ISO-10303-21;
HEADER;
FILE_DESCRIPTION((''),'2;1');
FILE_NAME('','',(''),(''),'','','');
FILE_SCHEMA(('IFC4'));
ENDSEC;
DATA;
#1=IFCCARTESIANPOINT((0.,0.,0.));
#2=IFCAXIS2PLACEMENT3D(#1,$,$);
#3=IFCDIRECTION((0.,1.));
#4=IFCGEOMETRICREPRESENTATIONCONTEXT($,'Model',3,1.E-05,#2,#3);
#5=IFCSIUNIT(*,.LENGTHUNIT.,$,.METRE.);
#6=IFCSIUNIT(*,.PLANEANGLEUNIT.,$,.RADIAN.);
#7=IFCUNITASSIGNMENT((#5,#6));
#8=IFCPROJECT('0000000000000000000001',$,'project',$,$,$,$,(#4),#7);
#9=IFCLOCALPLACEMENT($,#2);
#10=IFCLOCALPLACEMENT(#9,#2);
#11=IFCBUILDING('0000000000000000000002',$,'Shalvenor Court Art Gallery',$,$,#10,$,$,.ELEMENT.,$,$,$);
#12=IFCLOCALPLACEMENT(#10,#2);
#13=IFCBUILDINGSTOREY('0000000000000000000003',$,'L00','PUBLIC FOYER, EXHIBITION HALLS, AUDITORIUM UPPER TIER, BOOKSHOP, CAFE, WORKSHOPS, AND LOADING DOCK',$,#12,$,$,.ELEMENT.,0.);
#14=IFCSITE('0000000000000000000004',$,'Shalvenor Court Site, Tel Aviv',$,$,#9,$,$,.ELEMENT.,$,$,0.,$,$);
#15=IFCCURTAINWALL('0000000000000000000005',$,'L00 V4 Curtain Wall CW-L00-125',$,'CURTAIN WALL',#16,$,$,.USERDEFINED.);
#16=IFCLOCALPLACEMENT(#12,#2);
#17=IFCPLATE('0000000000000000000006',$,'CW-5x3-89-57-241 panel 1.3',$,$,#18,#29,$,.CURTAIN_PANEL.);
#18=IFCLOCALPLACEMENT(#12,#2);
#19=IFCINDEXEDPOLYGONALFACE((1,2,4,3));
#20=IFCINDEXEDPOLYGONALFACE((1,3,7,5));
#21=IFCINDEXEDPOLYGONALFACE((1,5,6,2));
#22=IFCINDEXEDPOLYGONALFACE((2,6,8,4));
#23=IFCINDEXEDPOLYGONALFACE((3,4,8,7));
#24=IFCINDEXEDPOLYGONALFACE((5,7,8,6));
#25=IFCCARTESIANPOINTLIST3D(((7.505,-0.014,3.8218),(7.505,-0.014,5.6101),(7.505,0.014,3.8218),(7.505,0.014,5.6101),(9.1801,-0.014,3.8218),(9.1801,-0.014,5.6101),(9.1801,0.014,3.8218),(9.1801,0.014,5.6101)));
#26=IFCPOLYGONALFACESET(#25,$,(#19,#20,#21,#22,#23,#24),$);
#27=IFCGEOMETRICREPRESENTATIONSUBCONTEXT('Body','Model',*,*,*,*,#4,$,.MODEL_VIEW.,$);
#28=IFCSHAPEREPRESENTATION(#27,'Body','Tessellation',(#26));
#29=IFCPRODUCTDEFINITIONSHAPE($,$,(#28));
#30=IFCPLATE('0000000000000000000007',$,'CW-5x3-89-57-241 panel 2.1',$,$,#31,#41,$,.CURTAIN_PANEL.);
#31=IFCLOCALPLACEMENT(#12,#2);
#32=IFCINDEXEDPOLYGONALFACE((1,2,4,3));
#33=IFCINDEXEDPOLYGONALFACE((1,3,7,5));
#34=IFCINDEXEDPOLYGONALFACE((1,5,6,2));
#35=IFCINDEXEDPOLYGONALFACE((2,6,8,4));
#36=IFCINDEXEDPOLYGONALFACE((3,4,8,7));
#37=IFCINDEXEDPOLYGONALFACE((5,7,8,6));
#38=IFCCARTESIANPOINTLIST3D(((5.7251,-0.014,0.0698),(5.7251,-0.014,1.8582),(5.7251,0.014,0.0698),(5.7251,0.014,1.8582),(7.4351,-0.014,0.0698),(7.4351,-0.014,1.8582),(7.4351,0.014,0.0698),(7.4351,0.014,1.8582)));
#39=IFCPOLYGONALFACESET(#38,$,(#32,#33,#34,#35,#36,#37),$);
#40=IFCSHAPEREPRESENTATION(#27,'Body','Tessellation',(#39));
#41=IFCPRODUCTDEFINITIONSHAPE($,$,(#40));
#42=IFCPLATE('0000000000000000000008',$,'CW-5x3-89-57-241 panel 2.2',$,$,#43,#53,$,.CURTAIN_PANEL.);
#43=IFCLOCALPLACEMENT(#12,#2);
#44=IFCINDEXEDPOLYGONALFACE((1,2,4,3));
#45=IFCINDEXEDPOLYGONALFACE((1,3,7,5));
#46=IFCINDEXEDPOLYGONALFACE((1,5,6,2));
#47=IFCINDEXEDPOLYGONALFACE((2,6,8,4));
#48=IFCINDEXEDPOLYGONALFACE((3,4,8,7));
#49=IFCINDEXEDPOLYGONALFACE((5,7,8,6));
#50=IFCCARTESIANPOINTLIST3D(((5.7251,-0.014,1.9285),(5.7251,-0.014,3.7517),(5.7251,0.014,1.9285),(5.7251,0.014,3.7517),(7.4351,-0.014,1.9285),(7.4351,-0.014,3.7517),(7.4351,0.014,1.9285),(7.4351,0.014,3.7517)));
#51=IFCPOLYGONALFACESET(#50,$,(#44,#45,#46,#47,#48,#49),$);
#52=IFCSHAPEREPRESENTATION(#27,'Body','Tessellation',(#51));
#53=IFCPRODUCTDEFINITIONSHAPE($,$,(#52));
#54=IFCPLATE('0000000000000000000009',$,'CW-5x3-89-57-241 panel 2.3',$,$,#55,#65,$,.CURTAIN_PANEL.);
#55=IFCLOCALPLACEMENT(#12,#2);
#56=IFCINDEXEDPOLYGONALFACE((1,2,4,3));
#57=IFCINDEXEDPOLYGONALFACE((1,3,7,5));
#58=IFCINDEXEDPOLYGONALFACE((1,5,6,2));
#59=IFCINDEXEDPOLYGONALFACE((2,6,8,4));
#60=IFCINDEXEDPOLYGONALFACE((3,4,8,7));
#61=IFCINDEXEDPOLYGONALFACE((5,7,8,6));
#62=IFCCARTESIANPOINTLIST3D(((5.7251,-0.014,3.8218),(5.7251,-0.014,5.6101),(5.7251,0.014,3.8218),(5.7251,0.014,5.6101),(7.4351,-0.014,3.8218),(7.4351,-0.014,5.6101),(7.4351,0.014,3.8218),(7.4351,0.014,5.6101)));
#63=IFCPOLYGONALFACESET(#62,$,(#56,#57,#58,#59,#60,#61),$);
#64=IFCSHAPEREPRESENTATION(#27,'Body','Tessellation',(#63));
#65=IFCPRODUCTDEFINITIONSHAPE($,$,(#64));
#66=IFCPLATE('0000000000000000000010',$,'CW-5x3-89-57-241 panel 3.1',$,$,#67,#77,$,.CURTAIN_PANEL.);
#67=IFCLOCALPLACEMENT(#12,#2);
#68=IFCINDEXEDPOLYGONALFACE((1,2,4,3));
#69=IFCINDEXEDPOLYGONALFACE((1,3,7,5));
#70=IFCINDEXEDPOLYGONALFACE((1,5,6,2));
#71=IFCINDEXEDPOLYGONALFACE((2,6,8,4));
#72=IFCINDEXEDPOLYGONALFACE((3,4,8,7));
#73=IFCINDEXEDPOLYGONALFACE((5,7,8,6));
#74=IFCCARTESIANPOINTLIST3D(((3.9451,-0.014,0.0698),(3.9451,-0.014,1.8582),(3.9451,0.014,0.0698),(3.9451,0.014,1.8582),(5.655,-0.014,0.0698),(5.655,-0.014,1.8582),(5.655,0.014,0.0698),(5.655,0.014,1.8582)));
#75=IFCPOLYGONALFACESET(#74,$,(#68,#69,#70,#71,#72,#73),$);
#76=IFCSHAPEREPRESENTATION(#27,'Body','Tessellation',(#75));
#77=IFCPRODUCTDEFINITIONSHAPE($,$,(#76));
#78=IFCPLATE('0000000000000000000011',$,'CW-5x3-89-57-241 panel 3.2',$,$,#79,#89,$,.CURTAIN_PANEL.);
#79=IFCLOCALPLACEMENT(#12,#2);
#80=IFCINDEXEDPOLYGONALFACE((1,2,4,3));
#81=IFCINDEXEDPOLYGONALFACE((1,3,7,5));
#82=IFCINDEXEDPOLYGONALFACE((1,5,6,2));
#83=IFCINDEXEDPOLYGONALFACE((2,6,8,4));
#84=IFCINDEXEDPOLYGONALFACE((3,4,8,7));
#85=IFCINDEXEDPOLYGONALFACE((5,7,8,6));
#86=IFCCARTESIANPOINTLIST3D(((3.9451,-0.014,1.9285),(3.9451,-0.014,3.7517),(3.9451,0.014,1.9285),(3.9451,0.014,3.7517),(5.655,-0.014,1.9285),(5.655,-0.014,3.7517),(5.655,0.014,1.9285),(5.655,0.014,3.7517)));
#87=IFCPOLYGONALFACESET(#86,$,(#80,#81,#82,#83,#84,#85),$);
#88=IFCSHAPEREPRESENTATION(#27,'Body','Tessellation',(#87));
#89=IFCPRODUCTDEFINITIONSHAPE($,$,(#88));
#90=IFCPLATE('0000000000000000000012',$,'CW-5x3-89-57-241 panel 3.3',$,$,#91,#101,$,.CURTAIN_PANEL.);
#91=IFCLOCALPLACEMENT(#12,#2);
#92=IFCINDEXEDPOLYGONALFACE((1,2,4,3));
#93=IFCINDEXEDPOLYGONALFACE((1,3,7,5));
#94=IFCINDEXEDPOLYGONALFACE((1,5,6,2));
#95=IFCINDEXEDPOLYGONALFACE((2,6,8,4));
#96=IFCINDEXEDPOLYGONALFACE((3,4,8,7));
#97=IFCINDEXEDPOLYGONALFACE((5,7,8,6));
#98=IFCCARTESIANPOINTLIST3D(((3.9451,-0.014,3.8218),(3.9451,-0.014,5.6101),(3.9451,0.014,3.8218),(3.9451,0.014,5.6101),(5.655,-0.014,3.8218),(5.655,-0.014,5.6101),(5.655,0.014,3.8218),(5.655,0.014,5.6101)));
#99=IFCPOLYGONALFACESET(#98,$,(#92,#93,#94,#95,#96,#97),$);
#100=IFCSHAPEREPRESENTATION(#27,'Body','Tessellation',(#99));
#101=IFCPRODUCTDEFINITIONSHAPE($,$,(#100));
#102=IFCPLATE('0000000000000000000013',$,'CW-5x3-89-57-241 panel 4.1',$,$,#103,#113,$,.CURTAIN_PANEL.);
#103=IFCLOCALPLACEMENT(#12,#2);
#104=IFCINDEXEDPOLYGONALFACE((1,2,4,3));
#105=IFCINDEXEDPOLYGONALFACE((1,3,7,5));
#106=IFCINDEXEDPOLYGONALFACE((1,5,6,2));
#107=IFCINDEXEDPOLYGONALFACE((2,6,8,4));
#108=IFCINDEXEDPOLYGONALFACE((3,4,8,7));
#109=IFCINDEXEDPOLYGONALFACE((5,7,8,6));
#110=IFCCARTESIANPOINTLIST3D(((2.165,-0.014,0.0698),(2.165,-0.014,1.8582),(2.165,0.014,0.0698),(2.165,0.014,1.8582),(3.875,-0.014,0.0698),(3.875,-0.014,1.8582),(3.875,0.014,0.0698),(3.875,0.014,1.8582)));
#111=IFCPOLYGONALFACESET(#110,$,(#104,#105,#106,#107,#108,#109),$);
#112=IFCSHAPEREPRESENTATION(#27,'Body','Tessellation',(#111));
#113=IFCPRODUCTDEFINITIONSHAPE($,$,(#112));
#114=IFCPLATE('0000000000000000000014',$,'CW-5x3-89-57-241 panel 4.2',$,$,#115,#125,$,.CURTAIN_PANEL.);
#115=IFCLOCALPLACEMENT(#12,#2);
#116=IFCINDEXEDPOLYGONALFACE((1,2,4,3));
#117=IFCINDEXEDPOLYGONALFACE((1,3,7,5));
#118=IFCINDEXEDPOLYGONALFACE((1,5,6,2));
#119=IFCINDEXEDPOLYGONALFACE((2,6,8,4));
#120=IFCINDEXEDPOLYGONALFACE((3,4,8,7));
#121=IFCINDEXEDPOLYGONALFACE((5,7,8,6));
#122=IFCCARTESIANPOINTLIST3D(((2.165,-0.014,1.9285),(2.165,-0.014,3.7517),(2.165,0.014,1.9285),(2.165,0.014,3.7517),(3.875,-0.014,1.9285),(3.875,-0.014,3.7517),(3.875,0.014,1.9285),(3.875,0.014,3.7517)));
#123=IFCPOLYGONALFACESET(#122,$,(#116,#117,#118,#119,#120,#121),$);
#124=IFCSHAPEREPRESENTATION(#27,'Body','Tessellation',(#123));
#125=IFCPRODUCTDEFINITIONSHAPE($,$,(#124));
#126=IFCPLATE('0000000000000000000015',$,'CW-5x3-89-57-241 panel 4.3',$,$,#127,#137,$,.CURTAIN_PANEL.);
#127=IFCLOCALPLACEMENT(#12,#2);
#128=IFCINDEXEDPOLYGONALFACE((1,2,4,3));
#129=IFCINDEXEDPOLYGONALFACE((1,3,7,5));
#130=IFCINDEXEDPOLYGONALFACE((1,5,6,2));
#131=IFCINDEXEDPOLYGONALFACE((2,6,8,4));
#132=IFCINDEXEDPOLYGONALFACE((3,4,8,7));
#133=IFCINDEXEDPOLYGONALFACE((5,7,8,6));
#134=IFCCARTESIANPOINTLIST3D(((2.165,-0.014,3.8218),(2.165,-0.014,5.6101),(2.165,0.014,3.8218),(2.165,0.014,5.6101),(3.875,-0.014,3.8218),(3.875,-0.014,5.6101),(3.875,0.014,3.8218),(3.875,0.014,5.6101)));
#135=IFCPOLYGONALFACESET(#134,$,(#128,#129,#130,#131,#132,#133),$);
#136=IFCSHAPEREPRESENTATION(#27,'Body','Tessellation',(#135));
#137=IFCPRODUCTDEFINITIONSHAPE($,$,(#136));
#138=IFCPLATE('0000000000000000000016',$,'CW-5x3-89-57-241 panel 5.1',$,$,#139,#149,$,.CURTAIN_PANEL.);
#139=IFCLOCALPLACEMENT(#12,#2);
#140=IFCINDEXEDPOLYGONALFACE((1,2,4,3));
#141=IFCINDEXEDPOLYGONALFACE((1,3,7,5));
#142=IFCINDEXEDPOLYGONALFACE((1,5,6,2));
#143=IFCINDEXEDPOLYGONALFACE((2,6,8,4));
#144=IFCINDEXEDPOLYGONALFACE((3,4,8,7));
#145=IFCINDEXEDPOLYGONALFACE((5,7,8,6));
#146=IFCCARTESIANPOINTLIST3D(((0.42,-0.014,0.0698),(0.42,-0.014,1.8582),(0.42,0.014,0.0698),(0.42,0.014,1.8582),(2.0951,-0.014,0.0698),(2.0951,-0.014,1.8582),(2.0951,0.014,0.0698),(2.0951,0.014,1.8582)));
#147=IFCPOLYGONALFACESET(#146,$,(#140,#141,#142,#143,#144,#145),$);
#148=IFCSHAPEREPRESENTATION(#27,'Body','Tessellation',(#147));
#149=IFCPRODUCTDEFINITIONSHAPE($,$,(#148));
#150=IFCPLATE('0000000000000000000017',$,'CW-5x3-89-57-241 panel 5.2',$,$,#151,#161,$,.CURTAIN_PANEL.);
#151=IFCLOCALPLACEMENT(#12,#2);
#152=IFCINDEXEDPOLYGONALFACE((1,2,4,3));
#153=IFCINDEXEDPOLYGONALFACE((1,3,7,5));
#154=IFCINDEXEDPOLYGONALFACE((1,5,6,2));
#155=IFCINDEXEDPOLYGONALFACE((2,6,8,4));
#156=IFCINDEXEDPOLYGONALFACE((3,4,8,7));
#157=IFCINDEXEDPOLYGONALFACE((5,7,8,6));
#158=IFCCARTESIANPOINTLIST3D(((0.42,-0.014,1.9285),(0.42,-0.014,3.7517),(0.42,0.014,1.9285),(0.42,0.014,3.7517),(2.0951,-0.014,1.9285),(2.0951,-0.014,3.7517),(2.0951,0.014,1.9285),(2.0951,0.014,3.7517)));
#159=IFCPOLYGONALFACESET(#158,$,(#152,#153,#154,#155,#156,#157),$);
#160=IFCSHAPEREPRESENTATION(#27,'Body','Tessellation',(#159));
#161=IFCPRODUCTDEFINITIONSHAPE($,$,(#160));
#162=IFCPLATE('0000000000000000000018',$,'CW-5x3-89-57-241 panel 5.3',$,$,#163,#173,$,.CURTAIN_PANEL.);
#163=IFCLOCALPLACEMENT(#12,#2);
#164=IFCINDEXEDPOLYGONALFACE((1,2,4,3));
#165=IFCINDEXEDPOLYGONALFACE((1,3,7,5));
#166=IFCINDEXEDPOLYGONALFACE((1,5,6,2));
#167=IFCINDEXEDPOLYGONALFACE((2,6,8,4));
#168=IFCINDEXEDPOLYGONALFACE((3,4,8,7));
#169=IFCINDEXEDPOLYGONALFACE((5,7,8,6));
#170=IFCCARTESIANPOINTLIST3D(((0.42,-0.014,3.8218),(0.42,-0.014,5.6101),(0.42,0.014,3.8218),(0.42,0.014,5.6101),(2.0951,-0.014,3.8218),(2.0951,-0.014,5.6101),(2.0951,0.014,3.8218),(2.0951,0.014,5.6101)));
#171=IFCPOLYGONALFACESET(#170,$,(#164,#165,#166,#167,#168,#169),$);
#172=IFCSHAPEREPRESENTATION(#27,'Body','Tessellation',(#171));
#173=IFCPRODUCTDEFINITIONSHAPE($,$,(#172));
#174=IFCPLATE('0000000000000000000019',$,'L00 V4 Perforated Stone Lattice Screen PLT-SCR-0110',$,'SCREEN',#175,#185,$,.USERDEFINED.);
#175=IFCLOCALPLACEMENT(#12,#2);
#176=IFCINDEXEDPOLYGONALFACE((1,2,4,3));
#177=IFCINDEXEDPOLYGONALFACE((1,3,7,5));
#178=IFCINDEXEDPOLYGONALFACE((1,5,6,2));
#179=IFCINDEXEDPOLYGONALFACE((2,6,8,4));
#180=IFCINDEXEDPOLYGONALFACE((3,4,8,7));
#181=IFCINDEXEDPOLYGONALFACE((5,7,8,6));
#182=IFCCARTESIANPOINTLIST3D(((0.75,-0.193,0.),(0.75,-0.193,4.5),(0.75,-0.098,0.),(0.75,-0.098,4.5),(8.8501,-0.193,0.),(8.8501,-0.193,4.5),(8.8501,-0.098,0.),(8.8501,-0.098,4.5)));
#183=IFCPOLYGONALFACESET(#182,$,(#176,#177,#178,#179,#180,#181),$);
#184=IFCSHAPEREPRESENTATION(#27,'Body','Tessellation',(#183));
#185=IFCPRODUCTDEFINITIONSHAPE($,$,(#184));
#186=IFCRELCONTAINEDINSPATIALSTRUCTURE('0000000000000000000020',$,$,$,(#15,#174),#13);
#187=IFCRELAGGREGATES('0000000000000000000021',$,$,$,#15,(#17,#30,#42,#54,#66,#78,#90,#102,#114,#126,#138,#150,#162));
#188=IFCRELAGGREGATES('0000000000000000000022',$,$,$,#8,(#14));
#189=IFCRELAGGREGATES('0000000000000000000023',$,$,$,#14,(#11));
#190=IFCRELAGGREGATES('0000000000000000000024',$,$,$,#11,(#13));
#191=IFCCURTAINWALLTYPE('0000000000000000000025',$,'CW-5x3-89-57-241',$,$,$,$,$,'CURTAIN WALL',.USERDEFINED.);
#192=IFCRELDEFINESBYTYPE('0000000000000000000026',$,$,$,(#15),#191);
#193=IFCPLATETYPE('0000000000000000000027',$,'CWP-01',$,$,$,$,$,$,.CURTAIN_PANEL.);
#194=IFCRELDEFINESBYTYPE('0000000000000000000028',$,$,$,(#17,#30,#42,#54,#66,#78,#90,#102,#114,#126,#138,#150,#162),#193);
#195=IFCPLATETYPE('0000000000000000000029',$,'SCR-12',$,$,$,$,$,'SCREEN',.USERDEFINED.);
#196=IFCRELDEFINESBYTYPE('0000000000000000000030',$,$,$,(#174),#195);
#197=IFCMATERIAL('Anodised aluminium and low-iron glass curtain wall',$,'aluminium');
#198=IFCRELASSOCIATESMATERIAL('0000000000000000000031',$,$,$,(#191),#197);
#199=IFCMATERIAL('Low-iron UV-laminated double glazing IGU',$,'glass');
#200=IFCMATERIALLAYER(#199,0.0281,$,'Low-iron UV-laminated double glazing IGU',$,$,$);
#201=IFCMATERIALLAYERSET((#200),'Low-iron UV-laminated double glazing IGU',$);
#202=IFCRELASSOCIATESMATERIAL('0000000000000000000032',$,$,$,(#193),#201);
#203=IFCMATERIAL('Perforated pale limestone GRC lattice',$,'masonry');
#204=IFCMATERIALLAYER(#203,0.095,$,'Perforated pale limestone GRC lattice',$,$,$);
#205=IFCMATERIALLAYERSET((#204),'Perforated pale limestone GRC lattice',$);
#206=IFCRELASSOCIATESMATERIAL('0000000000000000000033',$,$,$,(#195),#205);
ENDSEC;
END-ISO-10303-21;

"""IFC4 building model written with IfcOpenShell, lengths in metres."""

from ifc_helpers import new_model, si_unit, direction, frame, origin, origin_2d, place, context, subcontext, project, spatial, rectangle, extrude, material, layer, layer_set, type_object, element, aggregate, save


model = new_model("IFC4")

# Units and contexts
model_context = context("Model", 3, precision=1e-05, world=origin(), true_north=direction((0.0, 1.0)))
body_context = subcontext(model_context, "Body", "Model", "MODEL_VIEW")
ifc_project = project(units=[si_unit("LENGTHUNIT", "METRE"), si_unit("PLANEANGLEUNIT", "RADIAN")], contexts=[model_context])

# Site, building, storey
site_placement = place(None, origin())
site = spatial("IfcSite", under=ifc_project, at=site_placement, Name="Shalvenor Court Site, Tel Aviv", CompositionType="ELEMENT", RefElevation=0.0)
building_placement = place(site_placement, origin())
building = spatial("IfcBuilding", under=site, at=building_placement, Name="Shalvenor Court Art Gallery", CompositionType="ELEMENT")
storey_placement = place(building_placement, origin())
storey = spatial("IfcBuildingStorey", under=building, at=storey_placement, Name="L00", Description="PUBLIC FOYER, EXHIBITION HALLS, AUDITORIUM UPPER TIER, BOOKSHOP, CAFE, WORKSHOPS, AND LOADING DOCK", CompositionType="ELEMENT", Elevation=0.0)

# Curtain wall
ifc_material_1 = material(Name="Anodised aluminium and low-iron glass curtain wall", Category="aluminium")
curtain_wall_type = type_object("IfcCurtainWallType", Name="CW-5x3-89-57-241", ElementType="CURTAIN WALL", PredefinedType="USERDEFINED", material=ifc_material_1)
curtain_wall_placement = place(storey_placement, origin())
curtain_wall = element("IfcCurtainWall", 1, at=curtain_wall_placement, inside=storey, type_object=curtain_wall_type, Name="L00 V4 Curtain Wall CW-L00-125", ObjectType="CURTAIN WALL", PredefinedType="USERDEFINED")

# Plates
ifc_material_2 = material(Name="Low-iron UV-laminated double glazing IGU", Category="glass")
ifc_layer_1 = layer(ifc_material_2, 0.0281, Name="Low-iron UV-laminated double glazing IGU")
ifc_layer_set_1 = layer_set([ifc_layer_1], Name="Low-iron UV-laminated double glazing IGU")
plate_type_1 = type_object("IfcPlateType", Name="CWP-01", PredefinedType="CURTAIN_PANEL", material=ifc_layer_set_1)
plate_1_placement = place(storey_placement, frame((8.3425, 0.0, 3.8218), z_axis=(0.0, 0.0, 1.0), x_axis=(-1.0, 0.0, 0.0)))
plate_1 = element("IfcPlate", 2, at=plate_1_placement, type_object=plate_type_1, Name="CW-5x3-89-57-241 panel 1.3", PredefinedType="CURTAIN_PANEL", context=body_context, shape_type="SweptSolid", body=[
    extrude(rectangle(XDim=1.675, YDim=0.0281, at=origin_2d()), origin(), (0.0, 0.0, 1.0), 1.7883),
])
plate_2_placement = place(storey_placement, frame((6.5801, 0.0, 0.0698), z_axis=(0.0, 0.0, 1.0), x_axis=(-1.0, 0.0, 0.0)))
plate_2 = element("IfcPlate", 3, at=plate_2_placement, type_object=plate_type_1, Name="CW-5x3-89-57-241 panel 2.1", PredefinedType="CURTAIN_PANEL", context=body_context, shape_type="SweptSolid", body=[
    extrude(rectangle(XDim=1.71, YDim=0.0281, at=origin_2d()), origin(), (0.0, 0.0, 1.0), 1.7883),
])
plate_3_placement = place(storey_placement, frame((6.5801, 0.0, 1.9285), z_axis=(0.0, 0.0, 1.0), x_axis=(-1.0, 0.0, 0.0)))
plate_3 = element("IfcPlate", 4, at=plate_3_placement, type_object=plate_type_1, Name="CW-5x3-89-57-241 panel 2.2", PredefinedType="CURTAIN_PANEL", context=body_context, shape_type="SweptSolid", body=[
    extrude(rectangle(XDim=1.71, YDim=0.0281, at=origin_2d()), origin(), (0.0, 0.0, 1.0), 1.8232),
])
plate_4_placement = place(storey_placement, frame((6.5801, 0.0, 3.8218), z_axis=(0.0, 0.0, 1.0), x_axis=(-1.0, 0.0, 0.0)))
plate_4 = element("IfcPlate", 5, at=plate_4_placement, type_object=plate_type_1, Name="CW-5x3-89-57-241 panel 2.3", PredefinedType="CURTAIN_PANEL", context=body_context, shape_type="SweptSolid", body=[
    extrude(rectangle(XDim=1.71, YDim=0.0281, at=origin_2d()), origin(), (0.0, 0.0, 1.0), 1.7883),
])
plate_5_placement = place(storey_placement, frame((4.8, 0.0, 0.0698), z_axis=(0.0, 0.0, 1.0), x_axis=(-1.0, 0.0, 0.0)))
plate_5 = element("IfcPlate", 6, at=plate_5_placement, type_object=plate_type_1, Name="CW-5x3-89-57-241 panel 3.1", PredefinedType="CURTAIN_PANEL", context=body_context, shape_type="SweptSolid", body=[
    extrude(rectangle(XDim=1.71, YDim=0.0281, at=origin_2d()), origin(), (0.0, 0.0, 1.0), 1.7883),
])
plate_6_placement = place(storey_placement, frame((4.8, 0.0, 1.9285), z_axis=(0.0, 0.0, 1.0), x_axis=(-1.0, 0.0, 0.0)))
plate_6 = element("IfcPlate", 7, at=plate_6_placement, type_object=plate_type_1, Name="CW-5x3-89-57-241 panel 3.2", PredefinedType="CURTAIN_PANEL", context=body_context, shape_type="SweptSolid", body=[
    extrude(rectangle(XDim=1.71, YDim=0.0281, at=origin_2d()), origin(), (0.0, 0.0, 1.0), 1.8232),
])
plate_7_placement = place(storey_placement, frame((4.8, 0.0, 3.8218), z_axis=(0.0, 0.0, 1.0), x_axis=(-1.0, 0.0, 0.0)))
plate_7 = element("IfcPlate", 8, at=plate_7_placement, type_object=plate_type_1, Name="CW-5x3-89-57-241 panel 3.3", PredefinedType="CURTAIN_PANEL", context=body_context, shape_type="SweptSolid", body=[
    extrude(rectangle(XDim=1.71, YDim=0.0281, at=origin_2d()), origin(), (0.0, 0.0, 1.0), 1.7883),
])
plate_8_placement = place(storey_placement, frame((3.02, 0.0, 0.0698), z_axis=(0.0, 0.0, 1.0), x_axis=(-1.0, 0.0, 0.0)))
plate_8 = element("IfcPlate", 9, at=plate_8_placement, type_object=plate_type_1, Name="CW-5x3-89-57-241 panel 4.1", PredefinedType="CURTAIN_PANEL", context=body_context, shape_type="SweptSolid", body=[
    extrude(rectangle(XDim=1.71, YDim=0.0281, at=origin_2d()), origin(), (0.0, 0.0, 1.0), 1.7883),
])
plate_9_placement = place(storey_placement, frame((3.02, 0.0, 1.9285), z_axis=(0.0, 0.0, 1.0), x_axis=(-1.0, 0.0, 0.0)))
plate_9 = element("IfcPlate", 10, at=plate_9_placement, type_object=plate_type_1, Name="CW-5x3-89-57-241 panel 4.2", PredefinedType="CURTAIN_PANEL", context=body_context, shape_type="SweptSolid", body=[
    extrude(rectangle(XDim=1.71, YDim=0.0281, at=origin_2d()), origin(), (0.0, 0.0, 1.0), 1.8232),
])
plate_10_placement = place(storey_placement, frame((3.02, 0.0, 3.8218), z_axis=(0.0, 0.0, 1.0), x_axis=(-1.0, 0.0, 0.0)))
plate_10 = element("IfcPlate", 11, at=plate_10_placement, type_object=plate_type_1, Name="CW-5x3-89-57-241 panel 4.3", PredefinedType="CURTAIN_PANEL", context=body_context, shape_type="SweptSolid", body=[
    extrude(rectangle(XDim=1.71, YDim=0.0281, at=origin_2d()), origin(), (0.0, 0.0, 1.0), 1.7883),
])
plate_11_placement = place(storey_placement, frame((1.2576, 0.0, 0.0698), z_axis=(0.0, 0.0, 1.0), x_axis=(-1.0, 0.0, 0.0)))
plate_11 = element("IfcPlate", 12, at=plate_11_placement, type_object=plate_type_1, Name="CW-5x3-89-57-241 panel 5.1", PredefinedType="CURTAIN_PANEL", context=body_context, shape_type="SweptSolid", body=[
    extrude(rectangle(XDim=1.675, YDim=0.0281, at=origin_2d()), origin(), (0.0, 0.0, 1.0), 1.7883),
])
plate_12_placement = place(storey_placement, frame((1.2576, 0.0, 1.9285), z_axis=(0.0, 0.0, 1.0), x_axis=(-1.0, 0.0, 0.0)))
plate_12 = element("IfcPlate", 13, at=plate_12_placement, type_object=plate_type_1, Name="CW-5x3-89-57-241 panel 5.2", PredefinedType="CURTAIN_PANEL", context=body_context, shape_type="SweptSolid", body=[
    extrude(rectangle(XDim=1.675, YDim=0.0281, at=origin_2d()), origin(), (0.0, 0.0, 1.0), 1.8232),
])
plate_13_placement = place(storey_placement, frame((1.2576, 0.0, 3.8218), z_axis=(0.0, 0.0, 1.0), x_axis=(-1.0, 0.0, 0.0)))
plate_13 = element("IfcPlate", 14, at=plate_13_placement, type_object=plate_type_1, Name="CW-5x3-89-57-241 panel 5.3", PredefinedType="CURTAIN_PANEL", context=body_context, shape_type="SweptSolid", body=[
    extrude(rectangle(XDim=1.675, YDim=0.0281, at=origin_2d()), origin(), (0.0, 0.0, 1.0), 1.7883),
])
aggregate(curtain_wall, [plate_1, plate_2, plate_3, plate_4, plate_5, plate_6, plate_7, plate_8, plate_9, plate_10, plate_11, plate_12, plate_13])
ifc_material_3 = material(Name="Perforated pale limestone GRC lattice", Category="masonry")
ifc_layer_2 = layer(ifc_material_3, 0.095, Name="Perforated pale limestone GRC lattice")
ifc_layer_set_2 = layer_set([ifc_layer_2], Name="Perforated pale limestone GRC lattice")
plate_type_2 = type_object("IfcPlateType", Name="SCR-12", ElementType="SCREEN", PredefinedType="USERDEFINED", material=ifc_layer_set_2)
plate_14_placement = place(storey_placement, frame((4.8, -0.1455, 0.0), z_axis=(0.0, 0.0, 1.0), x_axis=(-1.0, 0.0, 0.0)))
element("IfcPlate", 15, at=plate_14_placement, inside=storey, type_object=plate_type_2, Name="L00 V4 Perforated Stone Lattice Screen PLT-SCR-0110", ObjectType="SCREEN", PredefinedType="USERDEFINED", context=body_context, shape_type="SweptSolid", body=[
    extrude(rectangle(XDim=8.1001, YDim=0.095, at=origin_2d()), origin(), (0.0, 0.0, 1.0), 4.5),
])

save(model, "model.ifc")
